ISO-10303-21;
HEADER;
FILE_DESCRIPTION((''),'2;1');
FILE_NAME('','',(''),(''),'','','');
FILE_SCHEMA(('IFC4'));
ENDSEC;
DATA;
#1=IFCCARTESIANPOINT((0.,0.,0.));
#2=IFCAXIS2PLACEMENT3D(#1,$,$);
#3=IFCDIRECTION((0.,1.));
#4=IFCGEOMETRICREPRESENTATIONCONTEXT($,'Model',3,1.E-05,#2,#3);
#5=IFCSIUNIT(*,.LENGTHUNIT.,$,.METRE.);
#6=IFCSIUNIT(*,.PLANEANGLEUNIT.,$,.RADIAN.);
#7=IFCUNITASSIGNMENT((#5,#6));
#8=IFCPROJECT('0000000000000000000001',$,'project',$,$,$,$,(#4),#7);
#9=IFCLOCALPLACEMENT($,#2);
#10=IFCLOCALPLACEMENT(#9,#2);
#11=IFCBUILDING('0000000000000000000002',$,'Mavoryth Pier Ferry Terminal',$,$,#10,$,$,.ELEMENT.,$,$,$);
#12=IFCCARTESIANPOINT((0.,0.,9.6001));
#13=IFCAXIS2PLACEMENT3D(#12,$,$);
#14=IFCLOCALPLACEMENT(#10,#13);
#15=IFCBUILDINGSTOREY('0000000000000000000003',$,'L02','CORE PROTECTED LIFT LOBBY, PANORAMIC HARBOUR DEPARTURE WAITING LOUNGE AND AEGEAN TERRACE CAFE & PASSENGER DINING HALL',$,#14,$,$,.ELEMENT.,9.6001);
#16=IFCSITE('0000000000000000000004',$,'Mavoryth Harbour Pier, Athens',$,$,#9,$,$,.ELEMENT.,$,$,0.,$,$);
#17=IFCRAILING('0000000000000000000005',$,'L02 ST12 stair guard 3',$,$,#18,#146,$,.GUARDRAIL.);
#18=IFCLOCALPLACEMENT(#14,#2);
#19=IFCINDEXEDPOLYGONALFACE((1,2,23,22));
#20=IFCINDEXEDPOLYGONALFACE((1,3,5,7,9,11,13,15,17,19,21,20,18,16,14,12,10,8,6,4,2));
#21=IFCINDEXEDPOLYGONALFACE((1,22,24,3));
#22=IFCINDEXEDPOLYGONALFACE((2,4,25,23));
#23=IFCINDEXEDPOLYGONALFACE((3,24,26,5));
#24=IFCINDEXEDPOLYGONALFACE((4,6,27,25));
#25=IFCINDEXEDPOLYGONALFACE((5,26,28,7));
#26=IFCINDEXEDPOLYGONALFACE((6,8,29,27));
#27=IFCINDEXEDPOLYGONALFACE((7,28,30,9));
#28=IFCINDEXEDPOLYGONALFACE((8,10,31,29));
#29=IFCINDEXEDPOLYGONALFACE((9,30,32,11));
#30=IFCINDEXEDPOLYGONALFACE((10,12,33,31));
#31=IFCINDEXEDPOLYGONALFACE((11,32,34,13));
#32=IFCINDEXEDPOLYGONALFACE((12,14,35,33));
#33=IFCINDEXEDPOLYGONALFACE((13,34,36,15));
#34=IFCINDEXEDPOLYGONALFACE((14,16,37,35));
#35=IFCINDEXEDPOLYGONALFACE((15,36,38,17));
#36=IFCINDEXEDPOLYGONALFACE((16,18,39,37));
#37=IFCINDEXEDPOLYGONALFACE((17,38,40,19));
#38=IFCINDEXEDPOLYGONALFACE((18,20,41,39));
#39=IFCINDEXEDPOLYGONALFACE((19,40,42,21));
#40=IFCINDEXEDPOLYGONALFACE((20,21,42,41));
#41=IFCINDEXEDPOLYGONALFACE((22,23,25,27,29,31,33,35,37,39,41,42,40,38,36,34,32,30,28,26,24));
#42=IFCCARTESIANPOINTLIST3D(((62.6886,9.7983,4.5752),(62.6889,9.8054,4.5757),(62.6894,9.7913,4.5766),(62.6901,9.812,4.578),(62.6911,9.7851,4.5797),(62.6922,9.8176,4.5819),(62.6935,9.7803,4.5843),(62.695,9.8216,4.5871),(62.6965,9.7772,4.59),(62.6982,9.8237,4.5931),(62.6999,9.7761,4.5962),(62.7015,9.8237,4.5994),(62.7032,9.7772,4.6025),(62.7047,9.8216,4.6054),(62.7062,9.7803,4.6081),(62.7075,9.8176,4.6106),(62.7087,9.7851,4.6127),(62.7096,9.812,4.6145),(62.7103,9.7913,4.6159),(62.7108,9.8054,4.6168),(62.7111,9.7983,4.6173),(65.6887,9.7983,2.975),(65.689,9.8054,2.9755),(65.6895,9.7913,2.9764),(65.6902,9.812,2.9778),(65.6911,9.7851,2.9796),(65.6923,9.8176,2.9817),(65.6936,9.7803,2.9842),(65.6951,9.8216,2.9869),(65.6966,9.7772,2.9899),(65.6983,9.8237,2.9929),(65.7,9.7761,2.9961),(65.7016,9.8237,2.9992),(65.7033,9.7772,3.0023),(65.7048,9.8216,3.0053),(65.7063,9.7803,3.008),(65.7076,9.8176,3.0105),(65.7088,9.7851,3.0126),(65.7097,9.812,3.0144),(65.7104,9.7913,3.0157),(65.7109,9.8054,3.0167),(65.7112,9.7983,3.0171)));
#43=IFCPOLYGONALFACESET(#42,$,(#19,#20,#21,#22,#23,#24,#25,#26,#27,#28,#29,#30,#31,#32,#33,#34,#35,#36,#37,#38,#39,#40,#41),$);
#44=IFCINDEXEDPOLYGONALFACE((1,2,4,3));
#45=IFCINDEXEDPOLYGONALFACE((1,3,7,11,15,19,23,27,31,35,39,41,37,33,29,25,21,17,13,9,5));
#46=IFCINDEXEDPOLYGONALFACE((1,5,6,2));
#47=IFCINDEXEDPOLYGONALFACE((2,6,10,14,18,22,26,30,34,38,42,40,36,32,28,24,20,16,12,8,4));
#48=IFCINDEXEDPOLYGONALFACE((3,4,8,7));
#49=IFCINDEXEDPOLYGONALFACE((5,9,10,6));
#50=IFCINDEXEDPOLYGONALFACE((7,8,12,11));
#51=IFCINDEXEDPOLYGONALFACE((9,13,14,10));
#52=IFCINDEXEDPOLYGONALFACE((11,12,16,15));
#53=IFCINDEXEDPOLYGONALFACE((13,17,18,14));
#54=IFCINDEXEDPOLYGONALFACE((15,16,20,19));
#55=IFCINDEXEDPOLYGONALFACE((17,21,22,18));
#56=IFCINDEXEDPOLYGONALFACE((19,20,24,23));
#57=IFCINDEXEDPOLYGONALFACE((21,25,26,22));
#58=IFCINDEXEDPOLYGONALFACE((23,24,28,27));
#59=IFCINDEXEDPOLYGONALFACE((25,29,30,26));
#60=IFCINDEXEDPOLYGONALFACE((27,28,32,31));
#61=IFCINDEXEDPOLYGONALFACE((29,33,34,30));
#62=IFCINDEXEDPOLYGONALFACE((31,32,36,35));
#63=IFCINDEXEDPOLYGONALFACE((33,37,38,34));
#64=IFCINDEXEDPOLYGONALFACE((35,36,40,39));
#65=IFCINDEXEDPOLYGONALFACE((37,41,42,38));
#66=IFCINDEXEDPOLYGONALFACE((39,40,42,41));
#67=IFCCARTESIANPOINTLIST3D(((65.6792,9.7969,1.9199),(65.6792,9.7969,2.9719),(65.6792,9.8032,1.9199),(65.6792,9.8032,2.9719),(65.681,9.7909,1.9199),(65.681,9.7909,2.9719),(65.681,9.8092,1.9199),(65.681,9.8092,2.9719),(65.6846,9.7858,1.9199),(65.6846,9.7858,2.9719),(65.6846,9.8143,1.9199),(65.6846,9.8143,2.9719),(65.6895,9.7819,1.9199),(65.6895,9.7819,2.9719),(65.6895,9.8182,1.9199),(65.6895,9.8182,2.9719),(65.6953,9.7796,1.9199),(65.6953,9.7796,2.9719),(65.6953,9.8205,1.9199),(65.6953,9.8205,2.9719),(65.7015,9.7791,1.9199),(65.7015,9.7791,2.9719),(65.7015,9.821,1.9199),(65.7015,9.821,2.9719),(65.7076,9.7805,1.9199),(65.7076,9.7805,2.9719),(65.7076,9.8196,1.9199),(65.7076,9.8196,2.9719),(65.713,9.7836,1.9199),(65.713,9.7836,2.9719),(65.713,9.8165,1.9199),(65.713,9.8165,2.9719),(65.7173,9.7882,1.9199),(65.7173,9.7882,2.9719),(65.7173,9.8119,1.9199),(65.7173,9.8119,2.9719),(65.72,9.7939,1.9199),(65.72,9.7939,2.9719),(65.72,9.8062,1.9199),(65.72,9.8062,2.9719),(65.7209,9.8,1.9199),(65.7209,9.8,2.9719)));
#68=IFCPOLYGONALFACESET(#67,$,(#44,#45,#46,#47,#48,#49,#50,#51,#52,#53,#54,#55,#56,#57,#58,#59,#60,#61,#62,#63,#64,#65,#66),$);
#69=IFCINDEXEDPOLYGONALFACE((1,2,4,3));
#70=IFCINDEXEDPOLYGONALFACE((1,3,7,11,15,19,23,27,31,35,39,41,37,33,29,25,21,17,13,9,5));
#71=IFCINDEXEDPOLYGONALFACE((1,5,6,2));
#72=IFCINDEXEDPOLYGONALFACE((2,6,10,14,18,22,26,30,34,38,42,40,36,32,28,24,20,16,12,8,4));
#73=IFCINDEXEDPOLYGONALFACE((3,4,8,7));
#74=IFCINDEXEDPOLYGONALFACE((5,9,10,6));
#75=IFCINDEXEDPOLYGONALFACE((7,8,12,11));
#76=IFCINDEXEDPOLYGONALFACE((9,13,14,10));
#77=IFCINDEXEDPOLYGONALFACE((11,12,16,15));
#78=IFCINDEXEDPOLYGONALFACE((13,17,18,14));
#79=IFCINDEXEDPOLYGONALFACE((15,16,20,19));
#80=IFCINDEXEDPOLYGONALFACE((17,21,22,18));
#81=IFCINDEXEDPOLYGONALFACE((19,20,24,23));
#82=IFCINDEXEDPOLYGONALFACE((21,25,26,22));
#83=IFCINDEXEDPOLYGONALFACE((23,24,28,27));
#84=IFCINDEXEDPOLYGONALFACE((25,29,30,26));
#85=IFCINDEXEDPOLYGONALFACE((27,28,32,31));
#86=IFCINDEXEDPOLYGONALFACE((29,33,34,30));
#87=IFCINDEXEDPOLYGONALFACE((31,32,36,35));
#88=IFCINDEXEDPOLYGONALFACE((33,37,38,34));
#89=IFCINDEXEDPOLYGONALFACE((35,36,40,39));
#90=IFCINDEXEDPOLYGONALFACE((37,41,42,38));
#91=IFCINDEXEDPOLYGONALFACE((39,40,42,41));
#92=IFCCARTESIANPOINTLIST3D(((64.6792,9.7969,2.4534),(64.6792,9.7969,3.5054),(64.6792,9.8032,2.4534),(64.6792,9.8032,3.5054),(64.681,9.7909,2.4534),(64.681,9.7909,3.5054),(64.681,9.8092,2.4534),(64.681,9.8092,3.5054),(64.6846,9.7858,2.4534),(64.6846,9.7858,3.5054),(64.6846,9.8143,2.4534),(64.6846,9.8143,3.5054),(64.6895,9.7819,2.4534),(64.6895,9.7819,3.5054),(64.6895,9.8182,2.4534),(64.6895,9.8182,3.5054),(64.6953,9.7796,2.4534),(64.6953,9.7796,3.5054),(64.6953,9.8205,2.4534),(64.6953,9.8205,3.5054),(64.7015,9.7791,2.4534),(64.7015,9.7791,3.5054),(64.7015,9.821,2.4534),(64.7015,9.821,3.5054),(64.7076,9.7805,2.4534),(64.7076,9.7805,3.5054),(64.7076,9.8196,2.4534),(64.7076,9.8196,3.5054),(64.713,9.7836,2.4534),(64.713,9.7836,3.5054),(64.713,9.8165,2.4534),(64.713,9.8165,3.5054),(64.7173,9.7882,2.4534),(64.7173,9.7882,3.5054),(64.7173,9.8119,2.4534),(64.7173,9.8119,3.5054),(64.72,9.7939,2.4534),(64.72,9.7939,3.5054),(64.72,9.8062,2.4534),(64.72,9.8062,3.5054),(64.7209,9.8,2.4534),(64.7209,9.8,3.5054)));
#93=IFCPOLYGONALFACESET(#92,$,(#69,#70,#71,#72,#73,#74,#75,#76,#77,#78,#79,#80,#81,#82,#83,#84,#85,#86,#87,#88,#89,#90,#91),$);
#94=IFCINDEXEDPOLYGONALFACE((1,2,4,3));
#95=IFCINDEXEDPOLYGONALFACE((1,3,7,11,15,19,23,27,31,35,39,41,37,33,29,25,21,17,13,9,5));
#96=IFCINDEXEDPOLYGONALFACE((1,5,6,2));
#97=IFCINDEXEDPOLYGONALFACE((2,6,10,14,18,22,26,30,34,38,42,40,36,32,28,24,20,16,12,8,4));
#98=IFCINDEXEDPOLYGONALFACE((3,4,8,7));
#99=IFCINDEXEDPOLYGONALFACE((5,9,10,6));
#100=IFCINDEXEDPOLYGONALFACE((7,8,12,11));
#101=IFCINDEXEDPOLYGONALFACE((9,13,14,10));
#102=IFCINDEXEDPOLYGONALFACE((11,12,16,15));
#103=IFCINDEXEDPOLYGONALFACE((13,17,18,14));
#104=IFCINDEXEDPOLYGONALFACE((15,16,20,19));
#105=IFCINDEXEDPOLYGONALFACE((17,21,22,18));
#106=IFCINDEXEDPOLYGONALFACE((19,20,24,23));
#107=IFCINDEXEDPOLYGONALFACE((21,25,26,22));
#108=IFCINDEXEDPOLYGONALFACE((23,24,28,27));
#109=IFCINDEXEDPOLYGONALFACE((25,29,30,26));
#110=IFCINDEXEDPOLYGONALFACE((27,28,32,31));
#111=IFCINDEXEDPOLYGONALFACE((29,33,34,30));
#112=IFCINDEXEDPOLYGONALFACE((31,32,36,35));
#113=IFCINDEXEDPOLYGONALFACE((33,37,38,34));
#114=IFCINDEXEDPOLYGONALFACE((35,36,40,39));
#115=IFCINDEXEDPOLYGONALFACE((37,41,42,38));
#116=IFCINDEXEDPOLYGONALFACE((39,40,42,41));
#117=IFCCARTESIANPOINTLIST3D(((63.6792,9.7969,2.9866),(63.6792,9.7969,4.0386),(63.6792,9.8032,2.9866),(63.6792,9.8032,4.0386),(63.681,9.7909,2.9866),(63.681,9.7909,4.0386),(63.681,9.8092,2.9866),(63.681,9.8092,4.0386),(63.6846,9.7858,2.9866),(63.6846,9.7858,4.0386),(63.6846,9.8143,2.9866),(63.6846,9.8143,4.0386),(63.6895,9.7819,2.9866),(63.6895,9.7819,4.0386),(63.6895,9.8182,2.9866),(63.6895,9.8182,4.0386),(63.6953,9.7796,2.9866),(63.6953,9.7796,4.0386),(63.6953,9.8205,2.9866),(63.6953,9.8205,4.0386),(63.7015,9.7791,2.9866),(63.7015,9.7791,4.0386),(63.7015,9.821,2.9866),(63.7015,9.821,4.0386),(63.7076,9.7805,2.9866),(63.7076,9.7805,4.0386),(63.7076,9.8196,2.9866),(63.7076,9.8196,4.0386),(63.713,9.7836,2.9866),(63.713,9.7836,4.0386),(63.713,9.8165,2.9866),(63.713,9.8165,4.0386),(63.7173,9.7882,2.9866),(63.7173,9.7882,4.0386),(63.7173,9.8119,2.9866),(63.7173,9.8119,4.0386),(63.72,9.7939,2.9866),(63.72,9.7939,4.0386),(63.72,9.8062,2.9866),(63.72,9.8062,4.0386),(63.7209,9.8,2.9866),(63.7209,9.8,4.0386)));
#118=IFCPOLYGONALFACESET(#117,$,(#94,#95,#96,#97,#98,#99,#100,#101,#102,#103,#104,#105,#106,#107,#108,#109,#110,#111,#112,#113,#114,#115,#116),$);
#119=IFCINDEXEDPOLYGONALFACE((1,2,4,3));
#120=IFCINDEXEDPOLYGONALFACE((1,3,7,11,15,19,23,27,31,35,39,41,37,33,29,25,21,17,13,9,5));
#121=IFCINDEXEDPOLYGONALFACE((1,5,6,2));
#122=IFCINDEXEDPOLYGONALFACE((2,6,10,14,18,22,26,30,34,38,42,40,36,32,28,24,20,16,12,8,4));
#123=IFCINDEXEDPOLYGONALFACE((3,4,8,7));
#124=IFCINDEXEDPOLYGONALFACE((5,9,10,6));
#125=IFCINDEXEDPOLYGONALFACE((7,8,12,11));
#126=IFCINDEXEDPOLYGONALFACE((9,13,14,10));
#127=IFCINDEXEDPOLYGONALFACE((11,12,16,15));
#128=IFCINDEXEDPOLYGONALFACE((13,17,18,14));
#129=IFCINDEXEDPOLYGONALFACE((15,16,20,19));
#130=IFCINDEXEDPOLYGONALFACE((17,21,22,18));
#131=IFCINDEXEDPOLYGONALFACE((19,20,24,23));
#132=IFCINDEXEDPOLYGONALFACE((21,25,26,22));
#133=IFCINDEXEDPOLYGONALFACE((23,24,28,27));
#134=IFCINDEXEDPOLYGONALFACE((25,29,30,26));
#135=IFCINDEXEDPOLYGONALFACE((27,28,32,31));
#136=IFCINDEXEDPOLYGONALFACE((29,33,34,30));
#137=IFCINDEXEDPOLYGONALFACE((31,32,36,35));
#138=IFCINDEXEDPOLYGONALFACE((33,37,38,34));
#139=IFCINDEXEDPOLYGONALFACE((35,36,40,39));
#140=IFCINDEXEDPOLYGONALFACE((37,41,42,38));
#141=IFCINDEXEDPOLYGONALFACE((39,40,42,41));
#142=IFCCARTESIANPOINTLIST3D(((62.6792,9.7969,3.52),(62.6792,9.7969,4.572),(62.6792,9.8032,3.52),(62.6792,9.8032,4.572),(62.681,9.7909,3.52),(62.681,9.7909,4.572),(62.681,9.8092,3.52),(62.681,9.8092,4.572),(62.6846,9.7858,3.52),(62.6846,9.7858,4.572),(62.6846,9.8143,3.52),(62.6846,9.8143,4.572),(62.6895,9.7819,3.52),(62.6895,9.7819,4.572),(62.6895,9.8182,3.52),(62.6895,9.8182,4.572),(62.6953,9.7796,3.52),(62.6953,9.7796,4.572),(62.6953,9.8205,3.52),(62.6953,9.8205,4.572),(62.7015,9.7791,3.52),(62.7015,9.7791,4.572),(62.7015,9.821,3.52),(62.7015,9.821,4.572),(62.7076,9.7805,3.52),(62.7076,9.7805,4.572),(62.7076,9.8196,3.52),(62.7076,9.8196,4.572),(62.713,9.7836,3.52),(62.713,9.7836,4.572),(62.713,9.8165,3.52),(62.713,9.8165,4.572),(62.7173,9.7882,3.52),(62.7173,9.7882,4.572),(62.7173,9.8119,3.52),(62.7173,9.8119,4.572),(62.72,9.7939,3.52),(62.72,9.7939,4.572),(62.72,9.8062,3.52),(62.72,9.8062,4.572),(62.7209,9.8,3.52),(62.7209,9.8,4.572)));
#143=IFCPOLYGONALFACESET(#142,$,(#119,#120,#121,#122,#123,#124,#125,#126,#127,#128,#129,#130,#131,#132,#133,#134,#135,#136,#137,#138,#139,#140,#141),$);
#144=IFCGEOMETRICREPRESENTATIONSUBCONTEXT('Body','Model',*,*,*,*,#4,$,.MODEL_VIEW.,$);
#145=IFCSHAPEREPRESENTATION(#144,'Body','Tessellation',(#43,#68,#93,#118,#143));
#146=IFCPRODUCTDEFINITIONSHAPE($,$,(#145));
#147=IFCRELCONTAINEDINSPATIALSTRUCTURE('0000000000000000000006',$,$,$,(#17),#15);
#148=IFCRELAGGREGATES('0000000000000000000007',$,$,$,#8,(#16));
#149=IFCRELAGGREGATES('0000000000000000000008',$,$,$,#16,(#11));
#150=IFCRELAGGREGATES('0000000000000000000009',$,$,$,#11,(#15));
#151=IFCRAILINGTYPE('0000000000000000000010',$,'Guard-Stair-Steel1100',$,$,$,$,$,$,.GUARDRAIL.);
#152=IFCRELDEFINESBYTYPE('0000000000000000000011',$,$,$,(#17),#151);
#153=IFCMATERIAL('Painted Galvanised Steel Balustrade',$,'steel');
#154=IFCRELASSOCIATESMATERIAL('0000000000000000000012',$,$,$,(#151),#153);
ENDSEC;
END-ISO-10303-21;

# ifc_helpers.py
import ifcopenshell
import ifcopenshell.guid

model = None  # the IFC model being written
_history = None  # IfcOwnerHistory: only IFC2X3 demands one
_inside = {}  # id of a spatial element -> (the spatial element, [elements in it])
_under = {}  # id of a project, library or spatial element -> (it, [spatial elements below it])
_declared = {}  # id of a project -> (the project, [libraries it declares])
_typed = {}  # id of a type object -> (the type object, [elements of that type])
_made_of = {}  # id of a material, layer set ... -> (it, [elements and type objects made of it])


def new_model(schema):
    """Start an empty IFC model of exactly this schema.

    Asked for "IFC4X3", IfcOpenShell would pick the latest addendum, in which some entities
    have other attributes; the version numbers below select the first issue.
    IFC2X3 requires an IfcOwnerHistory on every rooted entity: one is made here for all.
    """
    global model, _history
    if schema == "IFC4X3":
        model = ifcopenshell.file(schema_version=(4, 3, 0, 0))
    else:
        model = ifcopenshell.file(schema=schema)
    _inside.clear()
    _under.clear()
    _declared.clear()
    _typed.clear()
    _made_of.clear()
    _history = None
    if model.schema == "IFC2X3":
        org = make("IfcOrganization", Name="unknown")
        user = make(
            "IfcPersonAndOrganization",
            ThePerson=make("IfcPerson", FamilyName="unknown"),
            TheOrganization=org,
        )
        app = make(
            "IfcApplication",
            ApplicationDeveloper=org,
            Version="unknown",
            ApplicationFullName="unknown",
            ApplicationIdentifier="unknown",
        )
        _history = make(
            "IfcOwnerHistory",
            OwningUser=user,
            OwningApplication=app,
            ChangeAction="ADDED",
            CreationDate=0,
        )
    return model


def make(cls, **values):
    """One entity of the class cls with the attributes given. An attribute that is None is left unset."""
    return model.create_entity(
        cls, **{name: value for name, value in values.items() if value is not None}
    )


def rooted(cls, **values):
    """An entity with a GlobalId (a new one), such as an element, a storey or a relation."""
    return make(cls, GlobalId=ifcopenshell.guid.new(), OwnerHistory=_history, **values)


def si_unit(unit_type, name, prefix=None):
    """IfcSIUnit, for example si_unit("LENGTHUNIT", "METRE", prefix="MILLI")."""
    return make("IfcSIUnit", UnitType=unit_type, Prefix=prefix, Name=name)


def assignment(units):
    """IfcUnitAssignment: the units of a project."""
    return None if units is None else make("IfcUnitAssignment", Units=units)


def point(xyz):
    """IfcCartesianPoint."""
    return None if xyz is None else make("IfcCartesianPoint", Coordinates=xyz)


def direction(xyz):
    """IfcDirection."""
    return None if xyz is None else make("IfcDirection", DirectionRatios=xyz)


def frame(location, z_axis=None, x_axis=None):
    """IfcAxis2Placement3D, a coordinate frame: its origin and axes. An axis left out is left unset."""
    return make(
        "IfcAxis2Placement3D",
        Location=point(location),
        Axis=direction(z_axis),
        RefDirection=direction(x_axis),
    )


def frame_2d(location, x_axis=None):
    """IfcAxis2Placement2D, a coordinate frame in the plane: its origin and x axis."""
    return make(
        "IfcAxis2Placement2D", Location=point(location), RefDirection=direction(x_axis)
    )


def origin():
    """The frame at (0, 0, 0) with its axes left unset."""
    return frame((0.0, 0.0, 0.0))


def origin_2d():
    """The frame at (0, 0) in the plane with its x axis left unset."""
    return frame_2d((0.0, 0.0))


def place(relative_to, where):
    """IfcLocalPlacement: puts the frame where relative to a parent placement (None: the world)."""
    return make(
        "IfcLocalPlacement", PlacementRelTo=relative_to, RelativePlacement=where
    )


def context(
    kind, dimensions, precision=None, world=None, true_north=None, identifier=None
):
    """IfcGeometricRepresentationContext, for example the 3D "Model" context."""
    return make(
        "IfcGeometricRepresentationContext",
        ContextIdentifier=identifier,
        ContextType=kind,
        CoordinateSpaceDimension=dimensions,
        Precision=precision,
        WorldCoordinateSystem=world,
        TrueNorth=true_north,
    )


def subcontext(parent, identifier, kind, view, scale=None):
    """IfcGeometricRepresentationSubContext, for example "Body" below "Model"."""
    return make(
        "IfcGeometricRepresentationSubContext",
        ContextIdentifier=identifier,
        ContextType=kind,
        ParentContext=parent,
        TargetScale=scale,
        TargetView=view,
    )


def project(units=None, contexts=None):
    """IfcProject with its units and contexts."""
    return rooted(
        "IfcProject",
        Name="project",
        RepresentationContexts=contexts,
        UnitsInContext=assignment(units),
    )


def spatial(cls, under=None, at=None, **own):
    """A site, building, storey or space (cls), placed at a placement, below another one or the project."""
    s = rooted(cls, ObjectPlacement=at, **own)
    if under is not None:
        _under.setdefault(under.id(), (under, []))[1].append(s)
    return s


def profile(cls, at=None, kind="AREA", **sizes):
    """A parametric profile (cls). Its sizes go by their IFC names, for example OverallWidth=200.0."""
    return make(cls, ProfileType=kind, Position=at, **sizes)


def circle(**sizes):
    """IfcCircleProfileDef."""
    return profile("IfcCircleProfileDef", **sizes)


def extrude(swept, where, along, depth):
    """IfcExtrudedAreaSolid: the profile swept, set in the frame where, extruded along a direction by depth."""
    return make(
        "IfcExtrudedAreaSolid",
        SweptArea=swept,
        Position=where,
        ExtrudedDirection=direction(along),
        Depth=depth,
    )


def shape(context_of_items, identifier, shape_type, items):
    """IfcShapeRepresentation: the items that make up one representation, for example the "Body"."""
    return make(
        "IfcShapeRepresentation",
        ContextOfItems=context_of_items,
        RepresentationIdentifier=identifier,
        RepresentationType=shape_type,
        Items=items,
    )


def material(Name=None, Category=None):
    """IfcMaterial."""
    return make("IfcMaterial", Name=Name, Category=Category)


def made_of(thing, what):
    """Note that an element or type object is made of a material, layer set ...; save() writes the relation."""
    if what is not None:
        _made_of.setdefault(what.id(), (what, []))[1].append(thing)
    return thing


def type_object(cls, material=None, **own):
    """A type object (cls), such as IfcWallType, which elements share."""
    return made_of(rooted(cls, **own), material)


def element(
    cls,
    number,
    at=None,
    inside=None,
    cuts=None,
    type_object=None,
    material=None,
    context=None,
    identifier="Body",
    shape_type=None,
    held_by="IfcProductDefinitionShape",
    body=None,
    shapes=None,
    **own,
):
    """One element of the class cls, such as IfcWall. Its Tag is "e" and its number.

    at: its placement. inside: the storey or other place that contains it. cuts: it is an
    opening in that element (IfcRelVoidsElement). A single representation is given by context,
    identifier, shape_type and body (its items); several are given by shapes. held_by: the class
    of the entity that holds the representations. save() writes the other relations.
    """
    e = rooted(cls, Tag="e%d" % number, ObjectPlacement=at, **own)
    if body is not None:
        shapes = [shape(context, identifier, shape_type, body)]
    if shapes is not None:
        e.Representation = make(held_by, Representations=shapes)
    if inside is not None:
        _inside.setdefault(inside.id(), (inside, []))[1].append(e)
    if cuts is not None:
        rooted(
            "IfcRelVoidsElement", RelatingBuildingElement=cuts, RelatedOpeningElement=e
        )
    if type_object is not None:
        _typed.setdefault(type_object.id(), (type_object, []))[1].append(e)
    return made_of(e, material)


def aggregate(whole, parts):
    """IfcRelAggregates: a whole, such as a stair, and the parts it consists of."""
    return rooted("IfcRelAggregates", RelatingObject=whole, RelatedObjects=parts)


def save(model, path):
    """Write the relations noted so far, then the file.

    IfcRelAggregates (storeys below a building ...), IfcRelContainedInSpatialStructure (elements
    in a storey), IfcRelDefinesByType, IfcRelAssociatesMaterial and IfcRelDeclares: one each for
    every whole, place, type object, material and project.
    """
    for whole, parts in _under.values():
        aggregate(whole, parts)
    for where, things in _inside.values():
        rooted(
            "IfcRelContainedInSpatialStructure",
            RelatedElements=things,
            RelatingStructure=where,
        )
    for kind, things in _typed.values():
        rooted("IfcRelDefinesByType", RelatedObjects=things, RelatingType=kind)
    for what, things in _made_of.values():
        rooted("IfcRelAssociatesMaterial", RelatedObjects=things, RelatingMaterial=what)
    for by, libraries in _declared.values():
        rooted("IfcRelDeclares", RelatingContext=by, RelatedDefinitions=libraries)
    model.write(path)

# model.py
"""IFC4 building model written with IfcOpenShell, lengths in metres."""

from ifc_helpers import new_model, si_unit, direction, frame, origin, origin_2d, place, context, subcontext, project, spatial, circle, extrude, material, type_object, element, save


model = new_model("IFC4")

# Units and contexts
model_context = context("Model", 3, precision=1e-05, world=origin(), true_north=direction((0.0, 1.0)))
body_context = subcontext(model_context, "Body", "Model", "MODEL_VIEW")
ifc_project = project(units=[si_unit("LENGTHUNIT", "METRE"), si_unit("PLANEANGLEUNIT", "RADIAN")], contexts=[model_context])

# Site, building, storey
site_placement = place(None, origin())
site = spatial("IfcSite", under=ifc_project, at=site_placement, Name="Mavoryth Harbour Pier, Athens", CompositionType="ELEMENT", RefElevation=0.0)
building_placement = place(site_placement, origin())
building = spatial("IfcBuilding", under=site, at=building_placement, Name="Mavoryth Pier Ferry Terminal", CompositionType="ELEMENT")
storey_placement = place(building_placement, frame((0.0, 0.0, 9.6001)))
storey = spatial("IfcBuildingStorey", under=building, at=storey_placement, Name="L02", Description="CORE PROTECTED LIFT LOBBY, PANORAMIC HARBOUR DEPARTURE WAITING LOUNGE AND AEGEAN TERRACE CAFE & PASSENGER DINING HALL", CompositionType="ELEMENT", Elevation=9.6001)

# Railing
ifc_material_1 = material(Name="Painted Galvanised Steel Balustrade", Category="steel")
railing_type_1 = type_object("IfcRailingType", Name="Guard-Stair-Steel1100", PredefinedType="GUARDRAIL", material=ifc_material_1)
railing_1_placement = place(storey_placement, frame((65.7, 9.8, 1.9199)))
element("IfcRailing", 1, at=railing_1_placement, inside=storey, type_object=railing_type_1, Name="L02 ST12 stair guard 3", PredefinedType="GUARDRAIL", context=body_context, shape_type="SweptSolid", body=[
    extrude(circle(Radius=0.0239, at=origin_2d()), frame((0.0, 0.0, 1.0762), z_axis=(-0.882341, 0.0, 0.470611), x_axis=(0.0, -1.0, 0.0)), (0.0, 0.0, 1.0), 3.4001),
    extrude(circle(Radius=0.021, at=origin_2d()), origin(), (0.0, 0.0, 1.0), 1.052),
    extrude(circle(Radius=0.021, at=origin_2d()), frame((-1.0, 0.0, 0.5334)), (0.0, 0.0, 1.0), 1.052),
    extrude(circle(Radius=0.021, at=origin_2d()), frame((-2.0, 0.0, 1.0667)), (0.0, 0.0, 1.0), 1.052),
    extrude(circle(Radius=0.021, at=origin_2d()), frame((-3.0, 0.0, 1.6001)), (0.0, 0.0, 1.0), 1.052),
])

save(model, "model.ifc")
